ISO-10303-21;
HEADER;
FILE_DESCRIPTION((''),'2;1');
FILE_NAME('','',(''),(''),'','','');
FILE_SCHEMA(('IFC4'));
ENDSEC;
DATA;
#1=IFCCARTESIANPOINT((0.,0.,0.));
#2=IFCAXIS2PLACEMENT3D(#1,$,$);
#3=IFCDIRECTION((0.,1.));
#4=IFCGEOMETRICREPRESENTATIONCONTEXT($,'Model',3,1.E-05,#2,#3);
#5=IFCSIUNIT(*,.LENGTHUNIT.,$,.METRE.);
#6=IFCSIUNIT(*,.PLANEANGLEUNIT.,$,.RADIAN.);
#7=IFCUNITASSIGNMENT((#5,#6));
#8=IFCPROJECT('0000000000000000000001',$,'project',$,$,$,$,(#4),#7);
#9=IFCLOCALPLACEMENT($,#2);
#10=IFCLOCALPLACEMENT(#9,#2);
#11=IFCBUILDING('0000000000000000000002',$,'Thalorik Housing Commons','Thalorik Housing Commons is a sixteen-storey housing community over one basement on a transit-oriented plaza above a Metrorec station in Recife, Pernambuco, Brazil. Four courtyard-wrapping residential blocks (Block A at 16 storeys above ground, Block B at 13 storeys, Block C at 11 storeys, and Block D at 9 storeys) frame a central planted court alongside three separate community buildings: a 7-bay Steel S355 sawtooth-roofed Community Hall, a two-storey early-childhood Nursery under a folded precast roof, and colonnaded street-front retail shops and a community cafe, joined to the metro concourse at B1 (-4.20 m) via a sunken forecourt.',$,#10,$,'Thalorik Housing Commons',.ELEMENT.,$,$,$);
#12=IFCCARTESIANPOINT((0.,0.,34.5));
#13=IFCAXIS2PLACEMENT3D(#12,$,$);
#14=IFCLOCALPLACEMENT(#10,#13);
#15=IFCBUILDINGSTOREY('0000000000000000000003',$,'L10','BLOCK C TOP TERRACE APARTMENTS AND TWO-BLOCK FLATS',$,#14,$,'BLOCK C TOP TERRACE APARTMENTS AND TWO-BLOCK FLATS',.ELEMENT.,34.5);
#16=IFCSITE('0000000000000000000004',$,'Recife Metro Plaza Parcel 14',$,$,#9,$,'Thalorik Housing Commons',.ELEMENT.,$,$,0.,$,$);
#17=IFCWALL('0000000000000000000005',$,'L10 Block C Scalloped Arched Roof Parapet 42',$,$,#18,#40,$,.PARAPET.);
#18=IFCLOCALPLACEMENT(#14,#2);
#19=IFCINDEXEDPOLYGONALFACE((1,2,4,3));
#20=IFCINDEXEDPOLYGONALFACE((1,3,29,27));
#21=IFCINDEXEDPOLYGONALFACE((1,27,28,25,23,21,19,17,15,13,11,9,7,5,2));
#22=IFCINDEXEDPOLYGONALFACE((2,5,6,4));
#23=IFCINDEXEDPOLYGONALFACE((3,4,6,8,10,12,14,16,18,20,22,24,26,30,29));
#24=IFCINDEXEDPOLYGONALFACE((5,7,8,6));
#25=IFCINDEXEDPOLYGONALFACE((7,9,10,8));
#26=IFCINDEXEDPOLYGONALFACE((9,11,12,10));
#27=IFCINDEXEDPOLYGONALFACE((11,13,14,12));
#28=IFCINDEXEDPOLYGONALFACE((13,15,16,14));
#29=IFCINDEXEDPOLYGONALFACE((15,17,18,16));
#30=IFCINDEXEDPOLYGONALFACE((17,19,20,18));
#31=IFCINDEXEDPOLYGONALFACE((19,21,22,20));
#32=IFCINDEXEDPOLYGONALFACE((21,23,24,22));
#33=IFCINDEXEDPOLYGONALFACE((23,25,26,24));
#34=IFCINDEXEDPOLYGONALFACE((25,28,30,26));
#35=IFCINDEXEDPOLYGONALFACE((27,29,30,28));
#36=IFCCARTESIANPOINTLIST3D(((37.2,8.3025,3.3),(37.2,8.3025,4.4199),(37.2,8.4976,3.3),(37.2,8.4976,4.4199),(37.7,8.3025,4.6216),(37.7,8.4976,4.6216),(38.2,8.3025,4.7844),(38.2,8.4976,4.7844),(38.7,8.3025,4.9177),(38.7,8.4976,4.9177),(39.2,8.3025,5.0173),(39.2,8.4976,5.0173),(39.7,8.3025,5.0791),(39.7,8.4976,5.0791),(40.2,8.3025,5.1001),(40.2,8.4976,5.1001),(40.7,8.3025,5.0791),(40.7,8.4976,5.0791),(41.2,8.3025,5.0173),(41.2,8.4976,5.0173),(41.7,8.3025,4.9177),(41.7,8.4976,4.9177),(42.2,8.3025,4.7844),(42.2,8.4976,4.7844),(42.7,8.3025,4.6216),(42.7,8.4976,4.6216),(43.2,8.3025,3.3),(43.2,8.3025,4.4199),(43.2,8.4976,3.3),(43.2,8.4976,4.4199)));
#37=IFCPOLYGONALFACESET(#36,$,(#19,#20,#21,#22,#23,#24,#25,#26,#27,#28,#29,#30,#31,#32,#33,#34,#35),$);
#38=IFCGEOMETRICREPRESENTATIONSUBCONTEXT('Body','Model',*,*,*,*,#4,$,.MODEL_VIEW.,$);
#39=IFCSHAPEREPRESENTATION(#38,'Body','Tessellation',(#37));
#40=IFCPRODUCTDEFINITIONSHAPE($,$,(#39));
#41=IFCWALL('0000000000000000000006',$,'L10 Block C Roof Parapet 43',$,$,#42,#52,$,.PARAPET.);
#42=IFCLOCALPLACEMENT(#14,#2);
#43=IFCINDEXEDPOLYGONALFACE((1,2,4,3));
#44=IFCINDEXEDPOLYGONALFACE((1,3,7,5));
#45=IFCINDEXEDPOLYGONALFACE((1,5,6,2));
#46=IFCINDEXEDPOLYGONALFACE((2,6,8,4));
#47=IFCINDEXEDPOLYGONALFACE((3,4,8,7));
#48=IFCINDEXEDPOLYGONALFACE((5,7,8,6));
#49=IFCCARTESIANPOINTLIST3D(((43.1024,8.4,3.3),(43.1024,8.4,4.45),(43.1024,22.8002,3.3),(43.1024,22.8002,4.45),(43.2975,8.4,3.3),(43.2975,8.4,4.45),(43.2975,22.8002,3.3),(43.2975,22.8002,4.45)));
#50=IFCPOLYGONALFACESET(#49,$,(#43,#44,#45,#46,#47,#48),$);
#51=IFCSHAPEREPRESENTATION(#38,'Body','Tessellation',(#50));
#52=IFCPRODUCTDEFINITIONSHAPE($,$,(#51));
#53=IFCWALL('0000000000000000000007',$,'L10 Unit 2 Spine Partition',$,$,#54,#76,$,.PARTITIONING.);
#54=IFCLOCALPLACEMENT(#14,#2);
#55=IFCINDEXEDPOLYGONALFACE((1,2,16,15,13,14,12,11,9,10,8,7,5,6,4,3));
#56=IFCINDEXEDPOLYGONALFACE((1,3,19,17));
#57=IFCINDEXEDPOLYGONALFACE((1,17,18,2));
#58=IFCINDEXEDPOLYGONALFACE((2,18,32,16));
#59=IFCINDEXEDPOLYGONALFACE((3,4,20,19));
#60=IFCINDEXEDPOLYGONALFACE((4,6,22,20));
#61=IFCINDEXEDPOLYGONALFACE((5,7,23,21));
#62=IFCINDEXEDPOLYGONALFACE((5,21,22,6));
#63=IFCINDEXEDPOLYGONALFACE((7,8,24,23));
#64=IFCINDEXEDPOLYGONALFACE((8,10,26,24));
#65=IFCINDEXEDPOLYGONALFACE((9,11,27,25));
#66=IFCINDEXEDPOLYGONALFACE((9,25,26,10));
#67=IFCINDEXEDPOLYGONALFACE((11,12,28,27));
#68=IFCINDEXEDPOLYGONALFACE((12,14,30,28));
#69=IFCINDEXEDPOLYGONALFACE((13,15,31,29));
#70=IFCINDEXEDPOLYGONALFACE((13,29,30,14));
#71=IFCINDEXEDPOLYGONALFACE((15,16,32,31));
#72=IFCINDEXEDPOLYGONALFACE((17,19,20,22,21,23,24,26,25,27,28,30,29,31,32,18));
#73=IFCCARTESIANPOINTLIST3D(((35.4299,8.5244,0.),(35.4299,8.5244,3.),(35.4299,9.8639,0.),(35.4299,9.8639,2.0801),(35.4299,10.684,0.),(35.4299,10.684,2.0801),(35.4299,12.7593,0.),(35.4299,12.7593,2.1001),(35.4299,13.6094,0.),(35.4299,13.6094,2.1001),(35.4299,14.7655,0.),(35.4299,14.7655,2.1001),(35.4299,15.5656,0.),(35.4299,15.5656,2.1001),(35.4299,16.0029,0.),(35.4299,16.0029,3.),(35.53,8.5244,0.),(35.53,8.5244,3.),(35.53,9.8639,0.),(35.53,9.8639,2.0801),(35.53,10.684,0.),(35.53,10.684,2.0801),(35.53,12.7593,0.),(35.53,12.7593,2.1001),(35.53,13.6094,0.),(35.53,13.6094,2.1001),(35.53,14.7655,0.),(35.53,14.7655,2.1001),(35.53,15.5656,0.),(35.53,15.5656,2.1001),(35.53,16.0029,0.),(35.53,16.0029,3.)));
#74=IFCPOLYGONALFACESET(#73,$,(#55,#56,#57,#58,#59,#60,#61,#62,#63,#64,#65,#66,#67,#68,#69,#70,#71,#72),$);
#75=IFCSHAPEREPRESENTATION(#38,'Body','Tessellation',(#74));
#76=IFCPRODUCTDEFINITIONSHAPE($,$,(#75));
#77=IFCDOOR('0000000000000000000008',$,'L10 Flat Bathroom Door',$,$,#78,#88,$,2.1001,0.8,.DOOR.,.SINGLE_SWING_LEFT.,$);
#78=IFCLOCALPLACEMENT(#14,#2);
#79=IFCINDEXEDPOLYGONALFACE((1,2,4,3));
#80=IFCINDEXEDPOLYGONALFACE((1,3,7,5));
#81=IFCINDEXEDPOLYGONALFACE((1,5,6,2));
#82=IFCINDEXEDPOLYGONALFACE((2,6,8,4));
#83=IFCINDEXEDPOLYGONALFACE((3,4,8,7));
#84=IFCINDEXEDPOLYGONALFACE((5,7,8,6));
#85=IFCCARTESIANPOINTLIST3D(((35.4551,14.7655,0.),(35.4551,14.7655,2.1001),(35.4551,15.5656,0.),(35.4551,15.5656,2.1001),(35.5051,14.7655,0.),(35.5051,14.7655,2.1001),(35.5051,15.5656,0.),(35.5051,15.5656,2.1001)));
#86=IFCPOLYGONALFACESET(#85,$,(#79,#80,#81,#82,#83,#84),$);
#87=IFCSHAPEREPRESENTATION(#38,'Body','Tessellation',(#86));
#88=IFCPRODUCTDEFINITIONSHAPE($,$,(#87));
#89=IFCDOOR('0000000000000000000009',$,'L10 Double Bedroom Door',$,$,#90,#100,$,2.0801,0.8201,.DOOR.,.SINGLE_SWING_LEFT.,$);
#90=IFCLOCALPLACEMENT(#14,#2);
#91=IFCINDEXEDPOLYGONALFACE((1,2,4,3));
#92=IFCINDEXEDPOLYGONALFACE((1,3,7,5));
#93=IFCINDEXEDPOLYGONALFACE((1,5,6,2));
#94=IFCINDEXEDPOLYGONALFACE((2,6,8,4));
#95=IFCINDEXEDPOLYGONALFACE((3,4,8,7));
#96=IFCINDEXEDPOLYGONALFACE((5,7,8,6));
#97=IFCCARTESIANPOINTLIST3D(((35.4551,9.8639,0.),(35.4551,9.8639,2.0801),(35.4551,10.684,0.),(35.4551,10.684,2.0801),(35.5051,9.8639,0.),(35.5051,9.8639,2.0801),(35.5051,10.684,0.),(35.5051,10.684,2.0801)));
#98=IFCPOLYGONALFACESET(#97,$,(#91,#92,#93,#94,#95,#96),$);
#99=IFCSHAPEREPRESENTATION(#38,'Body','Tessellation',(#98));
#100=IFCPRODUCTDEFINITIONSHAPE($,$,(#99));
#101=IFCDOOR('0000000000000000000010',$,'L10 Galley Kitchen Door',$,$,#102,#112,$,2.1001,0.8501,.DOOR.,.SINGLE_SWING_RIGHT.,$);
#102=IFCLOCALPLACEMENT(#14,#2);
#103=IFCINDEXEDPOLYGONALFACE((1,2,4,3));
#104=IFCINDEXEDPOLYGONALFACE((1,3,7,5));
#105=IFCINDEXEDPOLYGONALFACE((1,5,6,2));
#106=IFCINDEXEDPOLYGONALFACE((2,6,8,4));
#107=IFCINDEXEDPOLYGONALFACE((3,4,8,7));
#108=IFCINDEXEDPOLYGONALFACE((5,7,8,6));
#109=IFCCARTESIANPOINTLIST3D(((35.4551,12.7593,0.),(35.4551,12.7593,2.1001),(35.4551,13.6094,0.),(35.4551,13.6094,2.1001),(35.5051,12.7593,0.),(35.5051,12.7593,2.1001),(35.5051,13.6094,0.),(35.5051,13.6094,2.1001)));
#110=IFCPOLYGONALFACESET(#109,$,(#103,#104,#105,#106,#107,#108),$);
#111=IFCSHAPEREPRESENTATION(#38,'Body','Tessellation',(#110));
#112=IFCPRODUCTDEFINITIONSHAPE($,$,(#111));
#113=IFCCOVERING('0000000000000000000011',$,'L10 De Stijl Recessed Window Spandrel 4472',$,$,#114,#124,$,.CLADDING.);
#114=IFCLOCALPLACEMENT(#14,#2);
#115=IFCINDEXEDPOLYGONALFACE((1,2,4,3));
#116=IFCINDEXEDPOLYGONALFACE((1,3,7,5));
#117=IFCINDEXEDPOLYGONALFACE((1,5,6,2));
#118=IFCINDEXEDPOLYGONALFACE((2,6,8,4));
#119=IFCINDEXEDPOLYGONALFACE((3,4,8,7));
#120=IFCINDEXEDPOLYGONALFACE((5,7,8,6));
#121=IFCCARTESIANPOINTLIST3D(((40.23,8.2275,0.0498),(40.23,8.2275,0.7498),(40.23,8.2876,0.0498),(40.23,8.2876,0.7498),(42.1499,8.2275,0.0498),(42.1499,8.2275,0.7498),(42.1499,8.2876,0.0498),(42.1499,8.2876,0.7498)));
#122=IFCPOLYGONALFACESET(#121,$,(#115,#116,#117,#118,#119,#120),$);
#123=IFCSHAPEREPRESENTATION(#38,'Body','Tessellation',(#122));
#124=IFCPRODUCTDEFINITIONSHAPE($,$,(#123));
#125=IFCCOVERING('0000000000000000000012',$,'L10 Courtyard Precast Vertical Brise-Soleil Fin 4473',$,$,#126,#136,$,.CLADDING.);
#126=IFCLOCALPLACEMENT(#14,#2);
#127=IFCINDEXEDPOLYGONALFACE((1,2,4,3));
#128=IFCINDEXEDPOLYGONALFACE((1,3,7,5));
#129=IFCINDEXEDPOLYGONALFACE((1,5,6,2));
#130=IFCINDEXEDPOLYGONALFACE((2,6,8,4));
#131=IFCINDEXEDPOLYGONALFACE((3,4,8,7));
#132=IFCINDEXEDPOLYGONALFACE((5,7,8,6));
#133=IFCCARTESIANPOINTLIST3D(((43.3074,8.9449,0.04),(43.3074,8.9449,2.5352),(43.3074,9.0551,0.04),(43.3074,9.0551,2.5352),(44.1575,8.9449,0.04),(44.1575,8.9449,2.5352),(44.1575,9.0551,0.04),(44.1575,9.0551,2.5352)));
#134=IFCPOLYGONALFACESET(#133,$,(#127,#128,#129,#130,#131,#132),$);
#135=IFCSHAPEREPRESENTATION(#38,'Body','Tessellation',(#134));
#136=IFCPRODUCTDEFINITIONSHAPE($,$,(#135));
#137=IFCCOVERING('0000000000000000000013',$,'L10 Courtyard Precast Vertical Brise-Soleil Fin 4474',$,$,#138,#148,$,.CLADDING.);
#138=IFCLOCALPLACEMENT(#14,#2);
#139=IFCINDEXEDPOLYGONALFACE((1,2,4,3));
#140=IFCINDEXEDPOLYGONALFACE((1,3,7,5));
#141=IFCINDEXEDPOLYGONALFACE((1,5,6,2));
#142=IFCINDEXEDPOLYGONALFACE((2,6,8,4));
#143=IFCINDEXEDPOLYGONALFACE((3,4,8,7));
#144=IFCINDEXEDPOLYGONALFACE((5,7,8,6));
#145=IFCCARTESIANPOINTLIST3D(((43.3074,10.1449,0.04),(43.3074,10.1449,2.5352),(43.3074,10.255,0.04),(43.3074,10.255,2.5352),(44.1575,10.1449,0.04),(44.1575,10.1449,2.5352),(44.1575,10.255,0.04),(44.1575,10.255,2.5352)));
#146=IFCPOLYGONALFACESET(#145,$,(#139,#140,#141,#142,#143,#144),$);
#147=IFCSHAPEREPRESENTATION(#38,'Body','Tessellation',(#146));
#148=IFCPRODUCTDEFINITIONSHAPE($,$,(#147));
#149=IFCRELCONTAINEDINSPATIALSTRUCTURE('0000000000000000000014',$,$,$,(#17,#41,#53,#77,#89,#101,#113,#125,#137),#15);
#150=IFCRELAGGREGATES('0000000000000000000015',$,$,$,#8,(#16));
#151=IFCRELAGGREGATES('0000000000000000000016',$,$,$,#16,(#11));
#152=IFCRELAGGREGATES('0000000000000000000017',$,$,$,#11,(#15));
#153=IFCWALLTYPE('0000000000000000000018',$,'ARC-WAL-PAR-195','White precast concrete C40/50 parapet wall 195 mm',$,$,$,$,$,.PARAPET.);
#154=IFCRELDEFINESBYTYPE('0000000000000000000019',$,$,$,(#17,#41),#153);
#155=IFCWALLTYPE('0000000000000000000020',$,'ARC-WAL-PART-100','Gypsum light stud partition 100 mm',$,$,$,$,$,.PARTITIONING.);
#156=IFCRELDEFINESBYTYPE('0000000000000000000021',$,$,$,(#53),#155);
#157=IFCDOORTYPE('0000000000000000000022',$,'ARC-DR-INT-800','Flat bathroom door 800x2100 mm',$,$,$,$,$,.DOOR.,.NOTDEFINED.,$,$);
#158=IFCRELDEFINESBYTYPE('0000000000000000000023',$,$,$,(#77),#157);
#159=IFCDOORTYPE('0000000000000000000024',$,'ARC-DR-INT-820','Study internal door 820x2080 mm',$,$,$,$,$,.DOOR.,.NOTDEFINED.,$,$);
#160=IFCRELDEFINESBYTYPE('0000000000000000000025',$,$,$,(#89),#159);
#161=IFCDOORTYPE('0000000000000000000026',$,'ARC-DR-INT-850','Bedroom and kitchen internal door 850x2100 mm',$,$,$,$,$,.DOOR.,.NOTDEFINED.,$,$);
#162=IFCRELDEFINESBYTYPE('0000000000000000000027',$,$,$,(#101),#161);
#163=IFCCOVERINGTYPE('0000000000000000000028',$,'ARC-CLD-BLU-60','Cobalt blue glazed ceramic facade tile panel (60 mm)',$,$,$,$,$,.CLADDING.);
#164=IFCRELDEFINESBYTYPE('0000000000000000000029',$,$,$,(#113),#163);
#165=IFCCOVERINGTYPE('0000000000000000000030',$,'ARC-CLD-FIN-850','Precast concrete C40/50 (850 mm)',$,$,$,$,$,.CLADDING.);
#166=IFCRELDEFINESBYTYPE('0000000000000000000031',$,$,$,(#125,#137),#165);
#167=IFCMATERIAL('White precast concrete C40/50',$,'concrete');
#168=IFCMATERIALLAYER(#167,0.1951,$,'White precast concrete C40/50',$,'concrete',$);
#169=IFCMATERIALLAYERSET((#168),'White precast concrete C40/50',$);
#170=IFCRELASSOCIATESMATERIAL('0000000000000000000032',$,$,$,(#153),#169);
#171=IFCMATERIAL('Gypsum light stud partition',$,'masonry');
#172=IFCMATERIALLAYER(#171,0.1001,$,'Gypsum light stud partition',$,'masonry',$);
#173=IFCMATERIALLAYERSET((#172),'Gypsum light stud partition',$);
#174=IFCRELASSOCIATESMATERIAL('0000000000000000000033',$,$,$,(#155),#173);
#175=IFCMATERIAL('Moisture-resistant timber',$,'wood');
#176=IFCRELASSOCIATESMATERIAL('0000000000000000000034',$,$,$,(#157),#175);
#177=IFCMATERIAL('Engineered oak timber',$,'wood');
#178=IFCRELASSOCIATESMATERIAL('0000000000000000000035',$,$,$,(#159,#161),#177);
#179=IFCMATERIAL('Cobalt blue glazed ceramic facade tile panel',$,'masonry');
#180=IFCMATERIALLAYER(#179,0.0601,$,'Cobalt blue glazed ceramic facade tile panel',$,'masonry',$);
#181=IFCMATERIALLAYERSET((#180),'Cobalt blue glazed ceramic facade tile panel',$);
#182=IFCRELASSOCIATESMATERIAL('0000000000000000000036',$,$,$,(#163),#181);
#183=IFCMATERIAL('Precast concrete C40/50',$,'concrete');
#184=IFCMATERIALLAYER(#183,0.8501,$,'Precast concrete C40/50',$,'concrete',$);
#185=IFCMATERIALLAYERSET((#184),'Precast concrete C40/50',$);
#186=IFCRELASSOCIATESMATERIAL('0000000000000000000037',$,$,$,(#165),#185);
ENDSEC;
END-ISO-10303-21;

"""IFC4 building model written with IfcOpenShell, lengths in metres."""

from ifc_helpers import new_model, si_unit, direction, frame, frame_2d, origin, origin_2d, place, context, subcontext, project, spatial, polyline, rectangle, outline, extrude, material, layer, layer_set, type_object, element, fill, save


model = new_model("IFC4")

# Units and contexts
model_context = context("Model", 3, precision=1e-05, world=origin(), true_north=direction((0.0, 1.0)))
body_context = subcontext(model_context, "Body", "Model", "MODEL_VIEW")
ifc_project = project(units=[si_unit("LENGTHUNIT", "METRE"), si_unit("PLANEANGLEUNIT", "RADIAN")], contexts=[model_context])

# Site, building, storey
site_placement = place(None, origin())
site = spatial("IfcSite", under=ifc_project, at=site_placement, Name="Recife Metro Plaza Parcel 14", LongName="Thalorik Housing Commons", CompositionType="ELEMENT", RefElevation=0.0)
building_placement = place(site_placement, origin())
building = spatial("IfcBuilding", under=site, at=building_placement, Name="Thalorik Housing Commons", Description="Thalorik Housing Commons is a sixteen-storey housing community over one basement on a transit-oriented plaza above a Metrorec station in Recife, Pernambuco, Brazil. Four courtyard-wrapping residential blocks (Block A at 16 storeys above ground, Block B at 13 storeys, Block C at 11 storeys, and Block D at 9 storeys) frame a central planted court alongside three separate community buildings: a 7-bay Steel S355 sawtooth-roofed Community Hall, a two-storey early-childhood Nursery under a folded precast roof, and colonnaded street-front retail shops and a community cafe, joined to the metro concourse at B1 (-4.20 m) via a sunken forecourt.", LongName="Thalorik Housing Commons", CompositionType="ELEMENT")
storey_placement = place(building_placement, frame((0.0, 0.0, 34.5)))
storey = spatial("IfcBuildingStorey", under=building, at=storey_placement, Name="L10", Description="BLOCK C TOP TERRACE APARTMENTS AND TWO-BLOCK FLATS", LongName="BLOCK C TOP TERRACE APARTMENTS AND TWO-BLOCK FLATS", CompositionType="ELEMENT", Elevation=34.5)

# Shared definitions
ifc_material_1 = material(Name="Precast concrete C40/50", Category="concrete")

# Shared definitions
ifc_material_2 = material(Name="White precast concrete C40/50", Category="concrete")

# Walls
ifc_layer_1 = layer(ifc_material_2, 0.1951, Name="White precast concrete C40/50", Category="concrete")
ifc_layer_set_1 = layer_set([ifc_layer_1], Name="White precast concrete C40/50")
wall_type_1 = type_object("IfcWallType", Name="ARC-WAL-PAR-195", Description="White precast concrete C40/50 parapet wall 195 mm", PredefinedType="PARAPET", material=ifc_layer_set_1)
wall_1_placement = place(storey_placement, frame((37.2, 8.3999, 3.3), z_axis=(0.0, 0.0, 1.0), x_axis=(1.0, 0.0, 0.0)))
element("IfcWall", 1, at=wall_1_placement, inside=storey, type_object=wall_type_1, Name="L10 Block C Scalloped Arched Roof Parapet 42", PredefinedType="PARAPET", context=body_context, shape_type="SweptSolid", body=[
    extrude(outline(polyline([(0.0, 0.0), (6.0, 0.0), (6.0, 1.1199), (5.5, 1.3215), (5.0, 1.4844), (4.5, 1.6177), (4.0, 1.7173), (3.5, 1.7791), (3.0, 1.8), (2.5, 1.7791), (2.0, 1.7173), (1.5, 1.6177), (1.0, 1.4844), (0.5, 1.3215), (0.0, 1.1199), (0.0, 0.0)])), frame((0.0, 0.0977, 0.0), z_axis=(0.0, -1.0, 0.0), x_axis=(1.0, 0.0, 0.0)), (0.0, 0.0, 1.0), 0.1951),
])
wall_2_placement = place(storey_placement, frame((43.2, 8.3999, 3.3), z_axis=(0.0, 0.0, 1.0), x_axis=(0.0, 1.0, 0.0)))
element("IfcWall", 2, at=wall_2_placement, inside=storey, type_object=wall_type_1, Name="L10 Block C Roof Parapet 43", PredefinedType="PARAPET", context=body_context, shape_type="SweptSolid", body=[
    extrude(rectangle(XDim=14.4001, YDim=0.1951, at=frame_2d((7.2002, 0.0))), origin(), (0.0, 0.0, 1.0), 1.1499),
])

# Wall, openings, doors
ifc_material_3 = material(Name="Gypsum light stud partition", Category="masonry")
ifc_layer_2 = layer(ifc_material_3, 0.1001, Name="Gypsum light stud partition", Category="masonry")
ifc_layer_set_2 = layer_set([ifc_layer_2], Name="Gypsum light stud partition")
wall_type_2 = type_object("IfcWallType", Name="ARC-WAL-PART-100", Description="Gypsum light stud partition 100 mm", PredefinedType="PARTITIONING", material=ifc_layer_set_2)
wall_3_placement = place(storey_placement, frame((35.48, 8.5244, 0.0), z_axis=(0.0, 0.0, 1.0), x_axis=(0.0, 1.0, 0.0)))
wall_3 = element("IfcWall", 3, at=wall_3_placement, inside=storey, type_object=wall_type_2, Name="L10 Unit 2 Spine Partition", PredefinedType="PARTITIONING", context=body_context, shape_type="SweptSolid", body=[
    extrude(rectangle(XDim=7.4785, YDim=0.1001, at=frame_2d((3.7393, 0.0))), origin(), (0.0, 0.0, 1.0), 3.0),
])
opening_1_placement = place(wall_3_placement, frame((1.3394, 0.0, 0.0)))
opening_1 = element("IfcOpeningElement", 4, at=opening_1_placement, cuts=wall_3, PredefinedType="OPENING", context=body_context, shape_type="SweptSolid", body=[
    extrude(rectangle(XDim=0.8201, YDim=2.0801, at=frame_2d((0.4102, 1.04))), frame((0.0, 0.0601, 0.0), z_axis=(0.0, -1.0, 0.0), x_axis=(1.0, 0.0, 0.0)), (0.0, 0.0, 1.0), 0.1201),
])
opening_2_placement = place(wall_3_placement, frame((4.2349, 0.0, 0.0)))
opening_2 = element("IfcOpeningElement", 5, at=opening_2_placement, cuts=wall_3, PredefinedType="OPENING", context=body_context, shape_type="SweptSolid", body=[
    extrude(rectangle(XDim=0.8501, YDim=2.1001, at=frame_2d((0.425, 1.05))), frame((0.0, 0.0601, 0.0), z_axis=(0.0, -1.0, 0.0), x_axis=(1.0, 0.0, 0.0)), (0.0, 0.0, 1.0), 0.1201),
])
opening_3_placement = place(wall_3_placement, frame((6.2412, 0.0, 0.0)))
opening_3 = element("IfcOpeningElement", 6, at=opening_3_placement, cuts=wall_3, PredefinedType="OPENING", context=body_context, shape_type="SweptSolid", body=[
    extrude(rectangle(XDim=0.8, YDim=2.1001, at=frame_2d((0.3999, 1.05))), frame((0.0, 0.0601, 0.0), z_axis=(0.0, -1.0, 0.0), x_axis=(1.0, 0.0, 0.0)), (0.0, 0.0, 1.0), 0.1201),
])
ifc_material_4 = material(Name="Moisture-resistant timber", Category="wood")
door_type_1 = type_object("IfcDoorType", Name="ARC-DR-INT-800", Description="Flat bathroom door 800x2100 mm", OperationType="NOTDEFINED", PredefinedType="DOOR", material=ifc_material_4)
door_1_placement = place(opening_3_placement, origin())
door_1 = element("IfcDoor", 7, at=door_1_placement, inside=storey, type_object=door_type_1, Name="L10 Flat Bathroom Door", OperationType="SINGLE_SWING_LEFT", OverallHeight=2.1001, OverallWidth=0.8, PredefinedType="DOOR", context=body_context, shape_type="SweptSolid", body=[
    extrude(rectangle(XDim=0.8, YDim=2.1001, at=frame_2d((0.3999, 1.05))), frame((0.0, 0.0249, 0.0), z_axis=(0.0, -1.0, 0.0), x_axis=(1.0, 0.0, 0.0)), (0.0, 0.0, 1.0), 0.05),
])
fill(opening_3, door_1)
ifc_material_5 = material(Name="Engineered oak timber", Category="wood")
door_type_2 = type_object("IfcDoorType", Name="ARC-DR-INT-820", Description="Study internal door 820x2080 mm", OperationType="NOTDEFINED", PredefinedType="DOOR", material=ifc_material_5)
door_2_placement = place(opening_1_placement, origin())
door_2 = element("IfcDoor", 8, at=door_2_placement, inside=storey, type_object=door_type_2, Name="L10 Double Bedroom Door", OperationType="SINGLE_SWING_LEFT", OverallHeight=2.0801, OverallWidth=0.8201, PredefinedType="DOOR", context=body_context, shape_type="SweptSolid", body=[
    extrude(rectangle(XDim=0.8201, YDim=2.0801, at=frame_2d((0.4102, 1.04))), frame((0.0, 0.0249, 0.0), z_axis=(0.0, -1.0, 0.0), x_axis=(1.0, 0.0, 0.0)), (0.0, 0.0, 1.0), 0.05),
])
fill(opening_1, door_2)
door_type_3 = type_object("IfcDoorType", Name="ARC-DR-INT-850", Description="Bedroom and kitchen internal door 850x2100 mm", OperationType="NOTDEFINED", PredefinedType="DOOR", material=ifc_material_5)
door_3_placement = place(opening_2_placement, origin())
door_3 = element("IfcDoor", 9, at=door_3_placement, inside=storey, type_object=door_type_3, Name="L10 Galley Kitchen Door", OperationType="SINGLE_SWING_RIGHT", OverallHeight=2.1001, OverallWidth=0.8501, PredefinedType="DOOR", context=body_context, shape_type="SweptSolid", body=[
    extrude(rectangle(XDim=0.8501, YDim=2.1001, at=frame_2d((0.425, 1.05))), frame((0.0, 0.0249, 0.0), z_axis=(0.0, -1.0, 0.0), x_axis=(1.0, 0.0, 0.0)), (0.0, 0.0, 1.0), 0.05),
])
fill(opening_2, door_3)

# Coverings
ifc_material_6 = material(Name="Cobalt blue glazed ceramic facade tile panel", Category="masonry")
ifc_layer_3 = layer(ifc_material_6, 0.0601, Name="Cobalt blue glazed ceramic facade tile panel", Category="masonry")
ifc_layer_set_3 = layer_set([ifc_layer_3], Name="Cobalt blue glazed ceramic facade tile panel")
covering_type_1 = type_object("IfcCoveringType", Name="ARC-CLD-BLU-60", Description="Cobalt blue glazed ceramic facade tile panel (60 mm)", PredefinedType="CLADDING", material=ifc_layer_set_3)
covering_1_placement = place(storey_placement, frame((41.1899, 8.2576, 0.0498), z_axis=(0.0, 0.0, 1.0), x_axis=(1.0, 0.0, 0.0)))
element("IfcCovering", 10, at=covering_1_placement, inside=storey, type_object=covering_type_1, Name="L10 De Stijl Recessed Window Spandrel 4472", PredefinedType="CLADDING", context=body_context, shape_type="SweptSolid", body=[
    extrude(rectangle(XDim=1.9199, YDim=0.0601, at=origin_2d()), origin(), (0.0, 0.0, 1.0), 0.7),
])
ifc_layer_4 = layer(ifc_material_1, 0.8501, Name="Precast concrete C40/50", Category="concrete")
ifc_layer_set_4 = layer_set([ifc_layer_4], Name="Precast concrete C40/50")
covering_type_2 = type_object("IfcCoveringType", Name="ARC-CLD-FIN-850", Description="Precast concrete C40/50 (850 mm)", PredefinedType="CLADDING", material=ifc_layer_set_4)
for number, where, z_axis, x_axis, name in (
    (11, (43.7324, 9.0, 0.04), (0.0, 0.0, 1.0), (0.0, 1.0, 0.0), "L10 Courtyard Precast Vertical Brise-Soleil Fin 4473"),
    (12, (43.7324, 10.2, 0.04), (0.0, 0.0, 1.0), (0.0, 1.0, 0.0), "L10 Courtyard Precast Vertical Brise-Soleil Fin 4474"),
):
    element("IfcCovering", number, at=place(storey_placement, frame(where, z_axis=z_axis, x_axis=x_axis)), inside=storey, type_object=covering_type_2, Name=name, PredefinedType="CLADDING", context=body_context, shape_type="SweptSolid", body=[
        extrude(rectangle(XDim=0.1101, YDim=0.8501, at=origin_2d()), origin(), (0.0, 0.0, 1.0), 2.4951),
    ])

save(model, "model.ifc")
